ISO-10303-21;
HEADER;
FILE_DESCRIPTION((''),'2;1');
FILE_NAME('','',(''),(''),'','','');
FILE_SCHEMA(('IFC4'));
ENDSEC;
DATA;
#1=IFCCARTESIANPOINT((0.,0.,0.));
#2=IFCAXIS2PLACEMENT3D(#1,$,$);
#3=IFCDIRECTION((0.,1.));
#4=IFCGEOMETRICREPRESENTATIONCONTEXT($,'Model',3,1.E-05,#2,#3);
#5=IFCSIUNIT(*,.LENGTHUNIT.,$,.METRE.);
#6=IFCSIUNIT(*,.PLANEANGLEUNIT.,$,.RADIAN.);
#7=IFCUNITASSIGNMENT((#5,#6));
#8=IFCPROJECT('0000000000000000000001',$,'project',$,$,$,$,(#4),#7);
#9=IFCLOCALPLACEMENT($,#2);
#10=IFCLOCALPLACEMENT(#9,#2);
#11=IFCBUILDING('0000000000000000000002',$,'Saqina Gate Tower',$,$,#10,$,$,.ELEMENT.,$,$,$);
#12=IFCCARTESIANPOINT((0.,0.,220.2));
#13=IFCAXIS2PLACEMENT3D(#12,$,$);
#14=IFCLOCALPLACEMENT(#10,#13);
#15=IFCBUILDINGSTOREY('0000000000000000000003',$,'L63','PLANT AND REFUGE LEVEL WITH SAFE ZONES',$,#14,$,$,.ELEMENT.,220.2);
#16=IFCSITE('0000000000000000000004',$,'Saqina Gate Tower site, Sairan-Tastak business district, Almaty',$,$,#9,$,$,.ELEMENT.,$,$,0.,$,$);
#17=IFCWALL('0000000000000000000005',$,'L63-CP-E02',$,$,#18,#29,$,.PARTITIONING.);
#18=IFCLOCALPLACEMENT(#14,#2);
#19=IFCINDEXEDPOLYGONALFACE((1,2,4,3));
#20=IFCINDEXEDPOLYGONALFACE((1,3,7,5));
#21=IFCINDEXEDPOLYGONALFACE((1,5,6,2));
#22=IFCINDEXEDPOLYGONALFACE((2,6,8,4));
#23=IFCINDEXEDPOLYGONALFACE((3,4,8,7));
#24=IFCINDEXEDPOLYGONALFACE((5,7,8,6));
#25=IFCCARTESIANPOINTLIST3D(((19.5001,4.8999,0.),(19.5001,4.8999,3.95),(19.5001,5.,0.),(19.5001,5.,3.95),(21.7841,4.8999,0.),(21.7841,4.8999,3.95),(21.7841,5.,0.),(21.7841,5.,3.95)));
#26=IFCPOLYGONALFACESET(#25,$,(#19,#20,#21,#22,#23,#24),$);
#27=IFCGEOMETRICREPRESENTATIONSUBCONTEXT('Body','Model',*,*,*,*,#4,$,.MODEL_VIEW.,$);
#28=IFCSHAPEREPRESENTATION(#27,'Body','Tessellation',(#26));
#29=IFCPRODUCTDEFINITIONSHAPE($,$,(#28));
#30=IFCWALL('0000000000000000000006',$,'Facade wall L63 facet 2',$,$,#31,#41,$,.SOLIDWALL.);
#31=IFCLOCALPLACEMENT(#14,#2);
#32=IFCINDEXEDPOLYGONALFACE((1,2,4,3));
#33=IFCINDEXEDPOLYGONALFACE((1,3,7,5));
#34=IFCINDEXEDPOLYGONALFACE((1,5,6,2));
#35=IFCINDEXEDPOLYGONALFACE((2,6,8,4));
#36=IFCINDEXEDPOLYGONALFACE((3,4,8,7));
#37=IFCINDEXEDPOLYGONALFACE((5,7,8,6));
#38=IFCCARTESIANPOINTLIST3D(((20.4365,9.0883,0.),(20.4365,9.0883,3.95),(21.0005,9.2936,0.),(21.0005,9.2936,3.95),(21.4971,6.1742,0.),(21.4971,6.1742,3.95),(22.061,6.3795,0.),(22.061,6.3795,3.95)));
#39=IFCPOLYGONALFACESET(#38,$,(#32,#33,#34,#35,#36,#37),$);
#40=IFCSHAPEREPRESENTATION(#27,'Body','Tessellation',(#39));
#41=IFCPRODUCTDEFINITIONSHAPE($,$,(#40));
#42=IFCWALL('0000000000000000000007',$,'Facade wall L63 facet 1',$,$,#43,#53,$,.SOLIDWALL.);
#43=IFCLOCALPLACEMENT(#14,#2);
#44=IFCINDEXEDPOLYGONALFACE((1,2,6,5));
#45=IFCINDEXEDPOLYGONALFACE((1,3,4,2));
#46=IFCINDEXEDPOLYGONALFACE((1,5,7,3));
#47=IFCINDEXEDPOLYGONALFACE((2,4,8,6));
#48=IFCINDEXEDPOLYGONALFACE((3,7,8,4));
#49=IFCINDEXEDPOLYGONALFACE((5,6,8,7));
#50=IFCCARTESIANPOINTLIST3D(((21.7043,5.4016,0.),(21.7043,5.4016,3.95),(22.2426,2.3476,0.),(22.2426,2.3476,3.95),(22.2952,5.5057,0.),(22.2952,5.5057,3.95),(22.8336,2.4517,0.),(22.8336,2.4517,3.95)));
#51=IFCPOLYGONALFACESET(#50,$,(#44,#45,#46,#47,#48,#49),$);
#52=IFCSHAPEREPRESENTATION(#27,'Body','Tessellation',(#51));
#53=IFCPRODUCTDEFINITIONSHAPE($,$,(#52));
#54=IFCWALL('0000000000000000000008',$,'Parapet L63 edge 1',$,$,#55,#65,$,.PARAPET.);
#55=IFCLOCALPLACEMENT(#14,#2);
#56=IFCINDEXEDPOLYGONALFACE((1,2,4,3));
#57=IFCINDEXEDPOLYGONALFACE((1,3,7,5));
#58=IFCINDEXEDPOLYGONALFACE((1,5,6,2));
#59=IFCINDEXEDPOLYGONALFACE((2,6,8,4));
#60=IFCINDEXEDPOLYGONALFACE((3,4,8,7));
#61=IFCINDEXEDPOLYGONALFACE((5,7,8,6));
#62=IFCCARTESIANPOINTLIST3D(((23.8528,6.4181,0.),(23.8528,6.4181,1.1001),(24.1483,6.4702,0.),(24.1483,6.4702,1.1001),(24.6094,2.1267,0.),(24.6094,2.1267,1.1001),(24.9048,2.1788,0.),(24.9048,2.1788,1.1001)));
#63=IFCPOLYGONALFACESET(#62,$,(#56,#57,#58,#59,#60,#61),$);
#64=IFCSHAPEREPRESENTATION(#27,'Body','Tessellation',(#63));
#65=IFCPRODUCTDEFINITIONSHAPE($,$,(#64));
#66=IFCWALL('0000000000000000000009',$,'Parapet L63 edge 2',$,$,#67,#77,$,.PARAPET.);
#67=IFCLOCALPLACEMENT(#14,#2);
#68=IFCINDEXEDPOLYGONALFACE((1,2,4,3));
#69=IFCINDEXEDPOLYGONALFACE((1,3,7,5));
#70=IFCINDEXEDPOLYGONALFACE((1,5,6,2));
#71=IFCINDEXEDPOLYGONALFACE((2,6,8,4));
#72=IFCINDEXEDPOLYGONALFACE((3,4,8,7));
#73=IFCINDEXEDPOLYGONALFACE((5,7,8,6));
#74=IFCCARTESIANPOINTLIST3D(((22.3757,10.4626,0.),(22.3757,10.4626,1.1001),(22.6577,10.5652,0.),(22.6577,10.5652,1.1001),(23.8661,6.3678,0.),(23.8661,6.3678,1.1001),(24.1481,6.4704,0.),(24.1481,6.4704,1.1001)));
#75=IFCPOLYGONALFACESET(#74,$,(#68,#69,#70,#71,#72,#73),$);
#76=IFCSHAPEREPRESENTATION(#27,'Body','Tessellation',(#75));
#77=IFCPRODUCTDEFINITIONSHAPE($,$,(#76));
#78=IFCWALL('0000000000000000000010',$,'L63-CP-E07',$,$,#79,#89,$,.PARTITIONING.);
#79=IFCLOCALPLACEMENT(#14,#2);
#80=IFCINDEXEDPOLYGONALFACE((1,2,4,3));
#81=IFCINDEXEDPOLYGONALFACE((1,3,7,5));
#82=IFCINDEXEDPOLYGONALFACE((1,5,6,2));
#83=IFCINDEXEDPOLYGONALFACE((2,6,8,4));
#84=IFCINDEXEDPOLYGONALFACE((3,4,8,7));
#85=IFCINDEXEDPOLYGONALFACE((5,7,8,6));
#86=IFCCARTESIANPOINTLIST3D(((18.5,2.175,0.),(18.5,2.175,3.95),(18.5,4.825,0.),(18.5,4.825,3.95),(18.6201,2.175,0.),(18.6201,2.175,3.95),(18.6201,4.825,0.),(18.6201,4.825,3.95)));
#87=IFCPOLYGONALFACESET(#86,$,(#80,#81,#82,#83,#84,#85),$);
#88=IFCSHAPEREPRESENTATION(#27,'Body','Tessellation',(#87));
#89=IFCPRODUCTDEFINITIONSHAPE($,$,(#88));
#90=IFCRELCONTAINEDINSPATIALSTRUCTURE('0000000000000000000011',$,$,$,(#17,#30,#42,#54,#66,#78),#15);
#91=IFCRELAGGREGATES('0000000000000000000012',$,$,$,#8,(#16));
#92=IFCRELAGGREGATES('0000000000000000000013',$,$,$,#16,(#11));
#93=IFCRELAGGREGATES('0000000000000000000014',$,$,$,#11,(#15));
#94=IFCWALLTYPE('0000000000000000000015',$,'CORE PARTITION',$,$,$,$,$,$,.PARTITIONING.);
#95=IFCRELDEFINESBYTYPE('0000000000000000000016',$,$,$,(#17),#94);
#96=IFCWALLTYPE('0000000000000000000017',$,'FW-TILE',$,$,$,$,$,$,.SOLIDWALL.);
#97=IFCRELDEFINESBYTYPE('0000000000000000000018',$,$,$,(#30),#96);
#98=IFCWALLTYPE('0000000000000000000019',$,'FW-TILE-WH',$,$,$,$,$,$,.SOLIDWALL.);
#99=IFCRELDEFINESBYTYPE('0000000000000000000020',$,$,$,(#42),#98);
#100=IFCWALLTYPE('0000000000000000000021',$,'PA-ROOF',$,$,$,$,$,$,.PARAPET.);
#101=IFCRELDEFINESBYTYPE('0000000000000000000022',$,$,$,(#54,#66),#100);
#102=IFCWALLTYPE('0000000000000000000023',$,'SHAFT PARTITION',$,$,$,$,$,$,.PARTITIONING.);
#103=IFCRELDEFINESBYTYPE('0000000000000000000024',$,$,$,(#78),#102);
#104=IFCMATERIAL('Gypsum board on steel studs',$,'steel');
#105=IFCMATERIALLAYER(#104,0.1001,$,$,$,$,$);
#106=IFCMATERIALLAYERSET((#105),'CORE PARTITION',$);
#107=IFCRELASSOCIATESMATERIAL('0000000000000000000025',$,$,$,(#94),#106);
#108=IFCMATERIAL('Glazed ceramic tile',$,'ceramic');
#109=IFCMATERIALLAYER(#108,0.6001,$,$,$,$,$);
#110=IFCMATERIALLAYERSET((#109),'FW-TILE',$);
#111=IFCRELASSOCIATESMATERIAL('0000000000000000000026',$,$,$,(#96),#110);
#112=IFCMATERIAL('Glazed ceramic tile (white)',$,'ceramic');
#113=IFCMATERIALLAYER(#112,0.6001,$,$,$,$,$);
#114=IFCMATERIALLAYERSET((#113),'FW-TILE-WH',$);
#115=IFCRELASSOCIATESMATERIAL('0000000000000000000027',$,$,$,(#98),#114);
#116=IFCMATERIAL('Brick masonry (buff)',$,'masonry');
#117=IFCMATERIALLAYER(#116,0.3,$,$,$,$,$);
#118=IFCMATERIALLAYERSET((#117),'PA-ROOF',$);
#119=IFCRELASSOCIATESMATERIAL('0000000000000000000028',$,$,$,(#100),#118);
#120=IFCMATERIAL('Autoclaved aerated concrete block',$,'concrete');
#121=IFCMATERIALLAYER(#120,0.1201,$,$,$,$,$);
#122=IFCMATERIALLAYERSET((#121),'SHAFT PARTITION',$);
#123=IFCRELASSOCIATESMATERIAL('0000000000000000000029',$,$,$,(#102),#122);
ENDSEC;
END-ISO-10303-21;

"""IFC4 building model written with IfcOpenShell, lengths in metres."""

from ifc_helpers import new_model, si_unit, direction, frame, frame_2d, origin, place, context, subcontext, project, spatial, rectangle, extrude, material, layer, layer_set, type_object, element, save


model = new_model("IFC4")

# Units and contexts
model_context = context("Model", 3, precision=1e-05, world=origin(), true_north=direction((0.0, 1.0)))
body_context = subcontext(model_context, "Body", "Model", "MODEL_VIEW")
ifc_project = project(units=[si_unit("LENGTHUNIT", "METRE"), si_unit("PLANEANGLEUNIT", "RADIAN")], contexts=[model_context])

# Site, building, storey
site_placement = place(None, origin())
site = spatial("IfcSite", under=ifc_project, at=site_placement, Name="Saqina Gate Tower site, Sairan-Tastak business district, Almaty", CompositionType="ELEMENT", RefElevation=0.0)
building_placement = place(site_placement, origin())
building = spatial("IfcBuilding", under=site, at=building_placement, Name="Saqina Gate Tower", CompositionType="ELEMENT")
storey_placement = place(building_placement, frame((0.0, 0.0, 220.2)))
storey = spatial("IfcBuildingStorey", under=building, at=storey_placement, Name="L63", Description="PLANT AND REFUGE LEVEL WITH SAFE ZONES", CompositionType="ELEMENT", Elevation=220.2)

# Shared definitions
ifc_material_1 = material(Name="Gypsum board on steel studs", Category="steel")
ifc_layer_1 = layer(ifc_material_1, 0.1001)
ifc_layer_set_1 = layer_set([ifc_layer_1], Name="CORE PARTITION")
wall_type_1 = type_object("IfcWallType", Name="CORE PARTITION", PredefinedType="PARTITIONING", material=ifc_layer_set_1)

# Walls
wall_1_placement = place(storey_placement, frame((19.5, 4.95, 0.0), z_axis=(0.0, 0.0, 1.0), x_axis=(1.0, 0.0, 0.0)))
element("IfcWall", 1, at=wall_1_placement, inside=storey, type_object=wall_type_1, Name="L63-CP-E02", PredefinedType="PARTITIONING", context=body_context, shape_type="SweptSolid", body=[
    extrude(rectangle(XDim=2.2839, YDim=0.1001, at=frame_2d((1.1421, 0.0))), origin(), (0.0, 0.0, 1.0), 3.95),
])
ifc_material_2 = material(Name="Glazed ceramic tile", Category="ceramic")
ifc_layer_2 = layer(ifc_material_2, 0.6001)
ifc_layer_set_2 = layer_set([ifc_layer_2], Name="FW-TILE")
wall_type_2 = type_object("IfcWallType", Name="FW-TILE", PredefinedType="SOLIDWALL", material=ifc_layer_set_2)
wall_2_placement = place(storey_placement, frame((21.7791, 6.2769, 0.0), z_axis=(0.0, 0.0, 1.0), x_axis=(-0.341996, 0.939701, 0.0)))
element("IfcWall", 2, at=wall_2_placement, inside=storey, type_object=wall_type_2, Name="Facade wall L63 facet 2", PredefinedType="SOLIDWALL", context=body_context, shape_type="SweptSolid", body=[
    extrude(rectangle(XDim=3.1011, YDim=0.6001, at=frame_2d((1.5505, 0.0))), origin(), (0.0, 0.0, 1.0), 3.95),
])
ifc_material_3 = material(Name="Glazed ceramic tile (white)", Category="ceramic")
ifc_layer_3 = layer(ifc_material_3, 0.6001)
ifc_layer_set_3 = layer_set([ifc_layer_3], Name="FW-TILE-WH")
wall_type_3 = type_object("IfcWallType", Name="FW-TILE-WH", PredefinedType="SOLIDWALL", material=ifc_layer_set_3)
wall_3_placement = place(storey_placement, frame((22.5381, 2.3997, 0.0), z_axis=(0.0, 0.0, 1.0), x_axis=(-0.173597, 0.984817, 0.0)))
element("IfcWall", 3, at=wall_3_placement, inside=storey, type_object=wall_type_3, Name="Facade wall L63 facet 1", PredefinedType="SOLIDWALL", context=body_context, shape_type="SweptSolid", body=[
    extrude(rectangle(XDim=3.1011, YDim=0.6001, at=frame_2d((1.5505, 0.0))), origin(), (0.0, 0.0, 1.0), 3.95),
])
ifc_material_4 = material(Name="Brick masonry (buff)", Category="masonry")
ifc_layer_4 = layer(ifc_material_4, 0.3)
ifc_layer_set_4 = layer_set([ifc_layer_4], Name="PA-ROOF")
wall_type_4 = type_object("IfcWallType", Name="PA-ROOF", PredefinedType="PARAPET", material=ifc_layer_set_4)
for number, where, z_axis, x_axis, name in (
    (4, (24.7571, 2.1528, 0.0), (0.0, 0.0, 1.0), (-0.173622, 0.984812, 0.0), "Parapet L63 edge 1"),
    (5, (24.0071, 6.4192, 0.0), (0.0, 0.0, 1.0), (-0.342026, 0.93969, 0.0), "Parapet L63 edge 2"),
):
    element("IfcWall", number, at=place(storey_placement, frame(where, z_axis=z_axis, x_axis=x_axis)), inside=storey, type_object=wall_type_4, Name=name, PredefinedType="PARAPET", context=body_context, shape_type="SweptSolid", body=[
        extrude(rectangle(XDim=4.3577, YDim=0.3, at=frame_2d((2.1787, 0.0))), origin(), (0.0, 0.0, 1.0), 1.1001),
    ])
ifc_material_5 = material(Name="Autoclaved aerated concrete block", Category="concrete")
ifc_layer_5 = layer(ifc_material_5, 0.1201)
ifc_layer_set_5 = layer_set([ifc_layer_5], Name="SHAFT PARTITION")
wall_type_5 = type_object("IfcWallType", Name="SHAFT PARTITION", PredefinedType="PARTITIONING", material=ifc_layer_set_5)
wall_4_placement = place(storey_placement, frame((18.5601, 2.175, 0.0), z_axis=(0.0, 0.0, 1.0), x_axis=(0.0, 1.0, 0.0)))
element("IfcWall", 6, at=wall_4_placement, inside=storey, type_object=wall_type_5, Name="L63-CP-E07", PredefinedType="PARTITIONING", context=body_context, shape_type="SweptSolid", body=[
    extrude(rectangle(XDim=2.6499, YDim=0.1201, at=frame_2d((1.325, 0.0))), origin(), (0.0, 0.0, 1.0), 3.95),
])

save(model, "model.ifc")
